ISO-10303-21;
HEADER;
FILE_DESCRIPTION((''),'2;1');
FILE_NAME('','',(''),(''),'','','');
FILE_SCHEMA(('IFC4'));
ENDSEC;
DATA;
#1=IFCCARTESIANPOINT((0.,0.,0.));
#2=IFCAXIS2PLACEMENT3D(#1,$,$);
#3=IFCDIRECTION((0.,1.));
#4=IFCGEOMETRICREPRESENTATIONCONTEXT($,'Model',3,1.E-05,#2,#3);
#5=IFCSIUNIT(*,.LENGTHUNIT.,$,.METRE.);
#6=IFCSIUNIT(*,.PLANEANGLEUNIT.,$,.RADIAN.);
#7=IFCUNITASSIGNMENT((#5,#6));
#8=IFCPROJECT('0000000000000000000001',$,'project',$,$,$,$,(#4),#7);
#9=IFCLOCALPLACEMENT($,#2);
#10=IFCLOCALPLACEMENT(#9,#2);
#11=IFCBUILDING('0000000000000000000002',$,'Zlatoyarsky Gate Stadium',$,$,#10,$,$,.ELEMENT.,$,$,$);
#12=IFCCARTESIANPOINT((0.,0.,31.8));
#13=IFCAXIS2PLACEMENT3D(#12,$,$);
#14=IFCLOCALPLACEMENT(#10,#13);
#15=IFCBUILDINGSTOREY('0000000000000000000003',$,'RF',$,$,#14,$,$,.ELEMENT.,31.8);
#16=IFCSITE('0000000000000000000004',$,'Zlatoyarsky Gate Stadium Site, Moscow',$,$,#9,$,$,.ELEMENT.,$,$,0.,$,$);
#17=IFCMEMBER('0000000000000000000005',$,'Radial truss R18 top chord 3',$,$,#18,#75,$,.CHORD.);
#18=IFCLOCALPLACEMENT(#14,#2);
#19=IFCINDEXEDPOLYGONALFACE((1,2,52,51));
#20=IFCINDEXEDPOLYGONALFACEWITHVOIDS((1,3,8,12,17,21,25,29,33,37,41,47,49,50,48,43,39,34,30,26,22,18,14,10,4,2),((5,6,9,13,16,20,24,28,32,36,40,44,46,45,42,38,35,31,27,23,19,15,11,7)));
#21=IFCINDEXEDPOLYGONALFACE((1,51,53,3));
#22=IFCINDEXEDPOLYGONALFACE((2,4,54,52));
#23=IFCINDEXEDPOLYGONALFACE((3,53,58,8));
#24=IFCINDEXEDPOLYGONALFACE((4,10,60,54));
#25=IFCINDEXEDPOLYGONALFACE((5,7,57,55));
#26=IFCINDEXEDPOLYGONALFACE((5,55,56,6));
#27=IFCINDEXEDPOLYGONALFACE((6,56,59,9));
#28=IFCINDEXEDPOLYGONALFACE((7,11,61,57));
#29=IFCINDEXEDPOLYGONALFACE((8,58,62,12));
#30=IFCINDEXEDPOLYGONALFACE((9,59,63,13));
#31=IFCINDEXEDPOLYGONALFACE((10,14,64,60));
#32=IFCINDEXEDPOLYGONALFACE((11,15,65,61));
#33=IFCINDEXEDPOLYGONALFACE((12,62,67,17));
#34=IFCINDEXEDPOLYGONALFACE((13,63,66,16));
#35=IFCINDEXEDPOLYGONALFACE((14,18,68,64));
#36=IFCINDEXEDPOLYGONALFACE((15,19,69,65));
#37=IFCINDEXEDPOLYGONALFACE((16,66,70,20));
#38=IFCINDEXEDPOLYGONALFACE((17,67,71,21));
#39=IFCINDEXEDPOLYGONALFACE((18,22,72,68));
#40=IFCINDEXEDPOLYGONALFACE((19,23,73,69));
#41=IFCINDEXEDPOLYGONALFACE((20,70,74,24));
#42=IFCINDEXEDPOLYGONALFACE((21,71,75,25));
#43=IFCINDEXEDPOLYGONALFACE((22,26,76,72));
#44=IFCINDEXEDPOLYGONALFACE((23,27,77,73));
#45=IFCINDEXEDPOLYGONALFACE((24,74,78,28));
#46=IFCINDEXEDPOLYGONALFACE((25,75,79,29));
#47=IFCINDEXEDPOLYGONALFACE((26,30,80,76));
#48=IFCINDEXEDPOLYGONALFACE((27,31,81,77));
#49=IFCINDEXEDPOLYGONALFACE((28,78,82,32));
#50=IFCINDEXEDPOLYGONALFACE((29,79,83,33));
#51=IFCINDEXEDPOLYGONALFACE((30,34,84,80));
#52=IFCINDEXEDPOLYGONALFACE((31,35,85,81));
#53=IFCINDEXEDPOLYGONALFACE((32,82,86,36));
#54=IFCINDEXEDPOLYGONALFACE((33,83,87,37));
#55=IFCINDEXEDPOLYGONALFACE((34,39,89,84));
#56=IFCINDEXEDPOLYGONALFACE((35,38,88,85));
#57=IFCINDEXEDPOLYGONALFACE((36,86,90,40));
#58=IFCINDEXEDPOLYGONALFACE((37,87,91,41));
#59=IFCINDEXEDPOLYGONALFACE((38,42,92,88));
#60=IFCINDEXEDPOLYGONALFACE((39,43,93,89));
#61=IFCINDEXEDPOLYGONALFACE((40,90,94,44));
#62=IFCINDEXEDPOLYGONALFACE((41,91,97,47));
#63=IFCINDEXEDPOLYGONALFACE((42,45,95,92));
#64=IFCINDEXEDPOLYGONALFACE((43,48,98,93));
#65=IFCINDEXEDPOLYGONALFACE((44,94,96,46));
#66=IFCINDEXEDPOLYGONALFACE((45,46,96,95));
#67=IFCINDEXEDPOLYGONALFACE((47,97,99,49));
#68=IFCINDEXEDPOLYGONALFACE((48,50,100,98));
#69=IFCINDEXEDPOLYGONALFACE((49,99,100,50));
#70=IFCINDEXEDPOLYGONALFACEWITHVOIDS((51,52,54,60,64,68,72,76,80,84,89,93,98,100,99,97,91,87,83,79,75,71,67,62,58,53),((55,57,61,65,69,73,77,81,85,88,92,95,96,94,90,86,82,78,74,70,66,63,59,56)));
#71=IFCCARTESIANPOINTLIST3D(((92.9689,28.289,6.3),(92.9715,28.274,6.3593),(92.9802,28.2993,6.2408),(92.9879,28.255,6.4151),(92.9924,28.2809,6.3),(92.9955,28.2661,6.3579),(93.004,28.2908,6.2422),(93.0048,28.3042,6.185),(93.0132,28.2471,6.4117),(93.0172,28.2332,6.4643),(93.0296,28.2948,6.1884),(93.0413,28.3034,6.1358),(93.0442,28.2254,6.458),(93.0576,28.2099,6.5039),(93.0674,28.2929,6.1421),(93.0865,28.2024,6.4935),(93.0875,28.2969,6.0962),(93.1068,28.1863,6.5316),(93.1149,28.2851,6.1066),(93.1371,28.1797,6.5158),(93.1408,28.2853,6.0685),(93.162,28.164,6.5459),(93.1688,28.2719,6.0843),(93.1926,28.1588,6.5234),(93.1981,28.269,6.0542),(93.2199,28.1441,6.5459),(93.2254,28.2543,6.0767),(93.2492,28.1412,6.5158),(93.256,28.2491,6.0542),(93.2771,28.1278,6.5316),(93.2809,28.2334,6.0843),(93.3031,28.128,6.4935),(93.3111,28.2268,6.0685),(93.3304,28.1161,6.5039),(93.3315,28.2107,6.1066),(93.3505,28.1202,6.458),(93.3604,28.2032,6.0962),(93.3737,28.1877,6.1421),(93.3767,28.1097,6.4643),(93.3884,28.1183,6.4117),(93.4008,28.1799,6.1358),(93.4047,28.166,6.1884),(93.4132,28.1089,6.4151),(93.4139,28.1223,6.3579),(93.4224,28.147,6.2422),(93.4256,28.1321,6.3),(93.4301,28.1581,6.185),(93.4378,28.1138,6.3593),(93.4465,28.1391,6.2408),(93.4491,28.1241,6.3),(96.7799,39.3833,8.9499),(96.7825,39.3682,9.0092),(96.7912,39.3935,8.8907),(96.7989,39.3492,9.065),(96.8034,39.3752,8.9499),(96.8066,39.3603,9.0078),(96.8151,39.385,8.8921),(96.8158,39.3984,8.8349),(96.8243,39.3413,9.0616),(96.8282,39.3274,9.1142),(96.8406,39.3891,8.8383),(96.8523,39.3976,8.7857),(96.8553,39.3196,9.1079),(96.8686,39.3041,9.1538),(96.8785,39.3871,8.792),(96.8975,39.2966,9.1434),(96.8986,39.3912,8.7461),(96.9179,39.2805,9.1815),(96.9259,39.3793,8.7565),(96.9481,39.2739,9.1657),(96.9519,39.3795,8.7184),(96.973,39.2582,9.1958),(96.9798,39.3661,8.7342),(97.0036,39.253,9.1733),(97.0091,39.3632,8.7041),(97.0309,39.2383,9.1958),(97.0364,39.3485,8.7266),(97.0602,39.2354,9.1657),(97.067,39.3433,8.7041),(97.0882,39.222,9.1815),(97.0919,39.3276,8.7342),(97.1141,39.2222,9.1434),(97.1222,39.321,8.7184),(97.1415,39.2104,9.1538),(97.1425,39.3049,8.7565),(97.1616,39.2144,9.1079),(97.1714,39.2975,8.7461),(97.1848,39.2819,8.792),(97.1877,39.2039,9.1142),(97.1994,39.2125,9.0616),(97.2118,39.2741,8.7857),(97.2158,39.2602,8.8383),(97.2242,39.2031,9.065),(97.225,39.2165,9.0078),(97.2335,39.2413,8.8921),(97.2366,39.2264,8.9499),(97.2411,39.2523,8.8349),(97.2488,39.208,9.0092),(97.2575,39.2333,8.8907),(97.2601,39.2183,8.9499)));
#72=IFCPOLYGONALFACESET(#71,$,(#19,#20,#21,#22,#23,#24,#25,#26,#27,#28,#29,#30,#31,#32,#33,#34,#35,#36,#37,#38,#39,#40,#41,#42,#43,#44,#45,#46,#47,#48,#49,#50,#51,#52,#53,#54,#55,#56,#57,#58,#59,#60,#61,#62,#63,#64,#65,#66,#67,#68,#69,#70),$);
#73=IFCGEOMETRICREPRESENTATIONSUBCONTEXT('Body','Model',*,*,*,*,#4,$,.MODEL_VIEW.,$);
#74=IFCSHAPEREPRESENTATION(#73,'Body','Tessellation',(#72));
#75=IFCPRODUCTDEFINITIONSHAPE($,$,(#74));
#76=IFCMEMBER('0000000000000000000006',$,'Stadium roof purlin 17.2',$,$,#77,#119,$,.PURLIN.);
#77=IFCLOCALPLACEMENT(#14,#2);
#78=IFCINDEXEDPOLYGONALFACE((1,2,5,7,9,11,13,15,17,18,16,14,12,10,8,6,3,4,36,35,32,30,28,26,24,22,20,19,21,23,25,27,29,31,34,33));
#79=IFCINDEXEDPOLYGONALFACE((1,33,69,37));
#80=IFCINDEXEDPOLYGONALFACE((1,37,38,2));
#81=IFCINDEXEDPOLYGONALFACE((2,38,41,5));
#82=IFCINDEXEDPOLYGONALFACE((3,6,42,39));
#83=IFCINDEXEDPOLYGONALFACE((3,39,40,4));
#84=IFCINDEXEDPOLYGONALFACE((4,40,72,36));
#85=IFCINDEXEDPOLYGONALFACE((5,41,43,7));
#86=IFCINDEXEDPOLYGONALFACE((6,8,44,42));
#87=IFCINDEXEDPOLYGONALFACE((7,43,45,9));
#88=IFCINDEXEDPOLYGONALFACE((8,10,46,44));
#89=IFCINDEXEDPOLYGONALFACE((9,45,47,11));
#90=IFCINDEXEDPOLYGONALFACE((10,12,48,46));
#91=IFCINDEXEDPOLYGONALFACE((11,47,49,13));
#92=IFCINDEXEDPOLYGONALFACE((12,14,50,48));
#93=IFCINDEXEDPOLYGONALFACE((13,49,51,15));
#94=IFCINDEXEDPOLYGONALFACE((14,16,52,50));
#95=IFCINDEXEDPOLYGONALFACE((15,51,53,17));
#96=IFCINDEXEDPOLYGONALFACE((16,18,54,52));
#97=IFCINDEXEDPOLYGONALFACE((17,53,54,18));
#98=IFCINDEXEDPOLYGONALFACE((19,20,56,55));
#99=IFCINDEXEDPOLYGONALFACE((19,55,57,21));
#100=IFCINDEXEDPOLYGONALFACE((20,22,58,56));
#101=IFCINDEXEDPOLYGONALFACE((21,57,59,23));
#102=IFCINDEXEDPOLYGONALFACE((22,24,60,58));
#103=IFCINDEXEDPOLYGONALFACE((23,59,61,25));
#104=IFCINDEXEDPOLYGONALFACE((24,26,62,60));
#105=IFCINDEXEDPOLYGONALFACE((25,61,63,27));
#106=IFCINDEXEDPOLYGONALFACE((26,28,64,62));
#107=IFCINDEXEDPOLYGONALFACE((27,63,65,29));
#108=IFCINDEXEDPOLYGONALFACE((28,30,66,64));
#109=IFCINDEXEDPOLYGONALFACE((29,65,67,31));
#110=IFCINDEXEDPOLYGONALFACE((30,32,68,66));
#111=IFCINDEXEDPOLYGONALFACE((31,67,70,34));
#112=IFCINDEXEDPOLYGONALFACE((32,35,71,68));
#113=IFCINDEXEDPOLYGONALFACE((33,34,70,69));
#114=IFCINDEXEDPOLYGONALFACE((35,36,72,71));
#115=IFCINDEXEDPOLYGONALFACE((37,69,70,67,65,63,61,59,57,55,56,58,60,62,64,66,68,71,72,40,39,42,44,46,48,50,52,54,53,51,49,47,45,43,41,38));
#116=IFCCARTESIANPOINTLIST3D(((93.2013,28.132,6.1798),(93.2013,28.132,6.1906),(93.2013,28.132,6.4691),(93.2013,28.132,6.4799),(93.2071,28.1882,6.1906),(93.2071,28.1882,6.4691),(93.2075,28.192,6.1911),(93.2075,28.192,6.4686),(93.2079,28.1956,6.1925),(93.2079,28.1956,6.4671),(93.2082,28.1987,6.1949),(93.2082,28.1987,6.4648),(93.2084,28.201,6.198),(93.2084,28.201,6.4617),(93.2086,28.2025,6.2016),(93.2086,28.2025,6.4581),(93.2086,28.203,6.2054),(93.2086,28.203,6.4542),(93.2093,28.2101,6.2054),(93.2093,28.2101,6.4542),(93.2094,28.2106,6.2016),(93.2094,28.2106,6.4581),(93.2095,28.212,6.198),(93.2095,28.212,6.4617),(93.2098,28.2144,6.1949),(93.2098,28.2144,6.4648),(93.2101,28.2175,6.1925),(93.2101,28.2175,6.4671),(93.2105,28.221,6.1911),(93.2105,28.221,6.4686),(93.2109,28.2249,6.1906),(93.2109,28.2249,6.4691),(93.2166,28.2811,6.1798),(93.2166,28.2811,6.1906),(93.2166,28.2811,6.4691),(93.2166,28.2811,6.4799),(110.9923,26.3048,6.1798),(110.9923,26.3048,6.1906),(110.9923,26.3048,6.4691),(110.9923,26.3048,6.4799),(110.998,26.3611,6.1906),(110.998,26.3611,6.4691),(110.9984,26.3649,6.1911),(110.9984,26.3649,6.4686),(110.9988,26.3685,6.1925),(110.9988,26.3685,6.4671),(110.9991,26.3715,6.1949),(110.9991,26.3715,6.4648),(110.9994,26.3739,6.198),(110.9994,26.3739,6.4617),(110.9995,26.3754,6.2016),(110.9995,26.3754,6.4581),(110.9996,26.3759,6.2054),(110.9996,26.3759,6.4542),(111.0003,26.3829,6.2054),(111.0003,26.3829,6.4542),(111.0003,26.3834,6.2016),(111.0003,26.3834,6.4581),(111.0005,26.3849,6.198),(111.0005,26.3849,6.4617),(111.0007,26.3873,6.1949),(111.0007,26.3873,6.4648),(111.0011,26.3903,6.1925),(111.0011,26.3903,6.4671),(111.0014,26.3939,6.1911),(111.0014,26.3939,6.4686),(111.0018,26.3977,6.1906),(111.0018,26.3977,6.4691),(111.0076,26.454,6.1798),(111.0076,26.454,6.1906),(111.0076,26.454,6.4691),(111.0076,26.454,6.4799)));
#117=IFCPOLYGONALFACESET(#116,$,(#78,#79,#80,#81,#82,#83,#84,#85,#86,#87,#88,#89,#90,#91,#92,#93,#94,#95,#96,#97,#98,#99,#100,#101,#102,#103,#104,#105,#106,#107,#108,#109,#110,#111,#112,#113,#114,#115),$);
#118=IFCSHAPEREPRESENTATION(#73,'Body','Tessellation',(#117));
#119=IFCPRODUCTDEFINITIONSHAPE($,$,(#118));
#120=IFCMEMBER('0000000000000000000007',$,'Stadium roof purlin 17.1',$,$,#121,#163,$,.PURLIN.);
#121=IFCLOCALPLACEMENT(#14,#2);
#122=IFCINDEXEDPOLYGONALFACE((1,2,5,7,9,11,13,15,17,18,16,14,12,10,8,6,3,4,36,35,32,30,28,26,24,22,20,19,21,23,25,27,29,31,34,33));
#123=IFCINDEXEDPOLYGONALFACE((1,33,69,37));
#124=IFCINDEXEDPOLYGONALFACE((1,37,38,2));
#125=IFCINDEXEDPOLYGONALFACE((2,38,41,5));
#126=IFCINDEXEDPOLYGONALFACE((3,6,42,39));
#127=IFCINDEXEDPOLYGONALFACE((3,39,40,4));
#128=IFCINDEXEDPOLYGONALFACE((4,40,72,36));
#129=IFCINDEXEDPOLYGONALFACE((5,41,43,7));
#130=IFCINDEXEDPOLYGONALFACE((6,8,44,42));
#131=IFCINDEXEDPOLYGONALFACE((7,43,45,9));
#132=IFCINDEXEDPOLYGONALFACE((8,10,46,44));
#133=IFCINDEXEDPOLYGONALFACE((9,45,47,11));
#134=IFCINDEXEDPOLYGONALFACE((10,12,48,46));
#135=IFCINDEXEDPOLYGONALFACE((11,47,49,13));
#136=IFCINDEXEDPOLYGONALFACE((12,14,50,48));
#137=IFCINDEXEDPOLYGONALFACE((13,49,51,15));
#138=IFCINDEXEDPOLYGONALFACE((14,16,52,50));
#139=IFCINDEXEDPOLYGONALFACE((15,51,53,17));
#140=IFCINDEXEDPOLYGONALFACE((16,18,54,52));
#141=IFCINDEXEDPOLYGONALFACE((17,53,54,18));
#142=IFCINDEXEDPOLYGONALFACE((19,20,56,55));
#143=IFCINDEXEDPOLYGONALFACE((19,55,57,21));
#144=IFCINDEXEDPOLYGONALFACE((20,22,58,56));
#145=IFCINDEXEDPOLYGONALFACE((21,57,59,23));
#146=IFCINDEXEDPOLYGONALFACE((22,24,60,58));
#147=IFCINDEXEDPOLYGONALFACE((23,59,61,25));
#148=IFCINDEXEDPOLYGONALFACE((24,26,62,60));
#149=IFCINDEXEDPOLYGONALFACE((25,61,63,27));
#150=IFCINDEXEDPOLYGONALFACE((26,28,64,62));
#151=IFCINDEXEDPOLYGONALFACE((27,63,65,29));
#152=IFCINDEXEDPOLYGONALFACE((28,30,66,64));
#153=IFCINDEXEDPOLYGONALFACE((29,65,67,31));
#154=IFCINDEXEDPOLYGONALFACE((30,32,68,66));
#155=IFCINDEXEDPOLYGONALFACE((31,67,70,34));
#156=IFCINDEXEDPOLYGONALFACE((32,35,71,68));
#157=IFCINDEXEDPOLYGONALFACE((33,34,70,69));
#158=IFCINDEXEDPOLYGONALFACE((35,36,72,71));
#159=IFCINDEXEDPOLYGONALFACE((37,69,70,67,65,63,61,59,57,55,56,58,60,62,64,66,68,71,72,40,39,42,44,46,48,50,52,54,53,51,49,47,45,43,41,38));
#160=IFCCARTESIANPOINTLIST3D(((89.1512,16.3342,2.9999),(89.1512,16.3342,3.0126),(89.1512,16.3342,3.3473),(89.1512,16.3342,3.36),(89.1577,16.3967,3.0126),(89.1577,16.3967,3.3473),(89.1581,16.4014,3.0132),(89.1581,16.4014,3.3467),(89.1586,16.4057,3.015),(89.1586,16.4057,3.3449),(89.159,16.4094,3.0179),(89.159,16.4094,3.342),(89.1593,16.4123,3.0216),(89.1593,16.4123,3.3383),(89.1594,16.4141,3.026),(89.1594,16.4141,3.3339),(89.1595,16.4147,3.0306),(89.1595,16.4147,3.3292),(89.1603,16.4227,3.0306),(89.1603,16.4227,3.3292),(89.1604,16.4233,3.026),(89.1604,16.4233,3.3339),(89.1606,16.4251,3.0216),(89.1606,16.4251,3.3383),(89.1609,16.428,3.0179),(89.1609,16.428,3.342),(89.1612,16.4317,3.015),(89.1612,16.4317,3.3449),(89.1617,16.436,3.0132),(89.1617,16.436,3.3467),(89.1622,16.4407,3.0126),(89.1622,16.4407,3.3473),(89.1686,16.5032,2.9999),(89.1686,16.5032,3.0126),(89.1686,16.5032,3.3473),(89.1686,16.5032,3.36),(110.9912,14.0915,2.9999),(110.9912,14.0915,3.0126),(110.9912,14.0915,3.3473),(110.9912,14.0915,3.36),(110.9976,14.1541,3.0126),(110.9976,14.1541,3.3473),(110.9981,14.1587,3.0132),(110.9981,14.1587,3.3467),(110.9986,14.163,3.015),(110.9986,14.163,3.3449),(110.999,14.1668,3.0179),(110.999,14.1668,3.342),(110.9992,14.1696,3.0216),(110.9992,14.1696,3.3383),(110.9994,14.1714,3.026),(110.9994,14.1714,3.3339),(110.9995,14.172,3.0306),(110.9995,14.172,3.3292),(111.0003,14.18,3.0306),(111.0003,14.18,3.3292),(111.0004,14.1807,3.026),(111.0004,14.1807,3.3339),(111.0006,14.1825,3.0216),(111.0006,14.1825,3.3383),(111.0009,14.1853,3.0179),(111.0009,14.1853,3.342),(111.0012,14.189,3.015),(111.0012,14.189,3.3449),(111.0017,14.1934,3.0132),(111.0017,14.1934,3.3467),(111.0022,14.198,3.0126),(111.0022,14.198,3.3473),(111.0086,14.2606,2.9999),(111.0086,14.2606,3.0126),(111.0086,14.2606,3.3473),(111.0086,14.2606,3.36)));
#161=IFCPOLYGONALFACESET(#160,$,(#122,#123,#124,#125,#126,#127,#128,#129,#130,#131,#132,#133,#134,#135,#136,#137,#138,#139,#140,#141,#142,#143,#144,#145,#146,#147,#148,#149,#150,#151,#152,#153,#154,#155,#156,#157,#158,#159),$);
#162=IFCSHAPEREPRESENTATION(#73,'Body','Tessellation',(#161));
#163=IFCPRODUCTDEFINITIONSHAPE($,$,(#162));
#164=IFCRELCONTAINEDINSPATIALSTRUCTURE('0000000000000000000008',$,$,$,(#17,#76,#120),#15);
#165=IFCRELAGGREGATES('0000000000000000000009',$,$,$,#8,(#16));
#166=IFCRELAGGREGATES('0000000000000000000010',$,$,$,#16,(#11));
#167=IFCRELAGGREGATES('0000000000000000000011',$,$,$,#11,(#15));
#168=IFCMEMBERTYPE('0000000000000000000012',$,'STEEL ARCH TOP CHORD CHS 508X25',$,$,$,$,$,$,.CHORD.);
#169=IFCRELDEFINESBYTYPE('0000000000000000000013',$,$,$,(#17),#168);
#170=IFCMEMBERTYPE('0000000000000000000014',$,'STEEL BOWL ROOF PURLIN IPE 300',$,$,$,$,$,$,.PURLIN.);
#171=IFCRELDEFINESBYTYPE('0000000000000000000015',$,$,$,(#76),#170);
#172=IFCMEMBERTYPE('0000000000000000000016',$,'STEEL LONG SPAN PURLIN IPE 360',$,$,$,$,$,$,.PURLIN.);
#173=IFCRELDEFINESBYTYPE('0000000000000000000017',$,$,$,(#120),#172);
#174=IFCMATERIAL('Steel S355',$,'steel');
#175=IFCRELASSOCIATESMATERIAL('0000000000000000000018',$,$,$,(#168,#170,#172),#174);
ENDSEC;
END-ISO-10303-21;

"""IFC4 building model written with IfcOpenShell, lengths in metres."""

from ifc_helpers import new_model, si_unit, direction, frame, origin, origin_2d, place, context, subcontext, project, spatial, hollow_circle, i_section, extrude, material, material_profile, profile_set, type_object, element, save


model = new_model("IFC4")

# Units and contexts
model_context = context("Model", 3, precision=1e-05, world=origin(), true_north=direction((0.0, 1.0)))
body_context = subcontext(model_context, "Body", "Model", "MODEL_VIEW")
ifc_project = project(units=[si_unit("LENGTHUNIT", "METRE"), si_unit("PLANEANGLEUNIT", "RADIAN")], contexts=[model_context])

# Site, building, storey
site_placement = place(None, origin())
site = spatial("IfcSite", under=ifc_project, at=site_placement, Name="Zlatoyarsky Gate Stadium Site, Moscow", CompositionType="ELEMENT", RefElevation=0.0)
building_placement = place(site_placement, origin())
building = spatial("IfcBuilding", under=site, at=building_placement, Name="Zlatoyarsky Gate Stadium", CompositionType="ELEMENT")
storey_placement = place(building_placement, frame((0.0, 0.0, 31.8)))
storey = spatial("IfcBuildingStorey", under=building, at=storey_placement, Name="RF", CompositionType="ELEMENT", Elevation=31.8)

# Members
ifc_material_1 = material(Name="Steel S355", Category="steel")
ifc_material_profile_1 = material_profile(ifc_material_1, hollow_circle(Radius=0.2539, WallThickness=0.0249, at=origin_2d()), Name="CHS 508X25")
ifc_profile_set_1 = profile_set([ifc_material_profile_1], Name="Steel S355")
member_type_1 = type_object("IfcMemberType", Name="STEEL ARCH TOP CHORD CHS 508X25", PredefinedType="CHORD", material=ifc_profile_set_1)
member_1_placement = place(storey_placement, frame((93.209, 28.2065, 6.3), z_axis=(0.316896, 0.92251, 0.220345), x_axis=(-0.945755, 0.324881, 0.0)))
element("IfcMember", 1, at=member_1_placement, inside=storey, type_object=member_type_1, Name="Radial truss R18 top chord 3", PredefinedType="CHORD", context=body_context, shape_type="SweptSolid", body=[
    extrude(hollow_circle(Radius=0.2539, WallThickness=0.0249, at=origin_2d()), origin(), (0.0, 0.0, 1.0), 12.0261),
])
ifc_material_profile_2 = material_profile(ifc_material_1, i_section(OverallWidth=0.1499, OverallDepth=0.3, WebThickness=0.0071, FlangeThickness=0.0107, FilletRadius=0.0149, at=origin_2d()), Name="IPE 300")
ifc_profile_set_2 = profile_set([ifc_material_profile_2], Name="Steel S355")
member_type_2 = type_object("IfcMemberType", Name="STEEL BOWL ROOF PURLIN IPE 300", PredefinedType="PURLIN", material=ifc_profile_set_2)
member_2_placement = place(storey_placement, frame((93.209, 28.2065, 6.3298), z_axis=(0.994768, -0.102163, 0.0), x_axis=(0.102163, 0.994768, 0.0)))
element("IfcMember", 2, at=member_2_placement, inside=storey, type_object=member_type_2, Name="Stadium roof purlin 17.2", PredefinedType="PURLIN", context=body_context, shape_type="SweptSolid", body=[
    extrude(i_section(OverallWidth=0.1499, OverallDepth=0.3, WebThickness=0.0071, FlangeThickness=0.0107, FilletRadius=0.0149, at=origin_2d()), origin(), (0.0, 0.0, 1.0), 17.8845),
])
ifc_material_profile_3 = material_profile(ifc_material_1, i_section(OverallWidth=0.1699, OverallDepth=0.3601, WebThickness=0.0081, FlangeThickness=0.0127, FilletRadius=0.0181, at=origin_2d()), Name="IPE 360")
ifc_profile_set_3 = profile_set([ifc_material_profile_3], Name="Steel S355")
member_type_3 = type_object("IfcMemberType", Name="STEEL LONG SPAN PURLIN IPE 360", PredefinedType="PURLIN", material=ifc_profile_set_3)
member_3_placement = place(storey_placement, frame((89.1599, 16.4187, 3.1799), z_axis=(0.994769, -0.102149, 0.0), x_axis=(0.102149, 0.994769, 0.0)))
element("IfcMember", 3, at=member_3_placement, inside=storey, type_object=member_type_3, Name="Stadium roof purlin 17.1", PredefinedType="PURLIN", context=body_context, shape_type="SweptSolid", body=[
    extrude(i_section(OverallWidth=0.1699, OverallDepth=0.3601, WebThickness=0.0081, FlangeThickness=0.0127, FilletRadius=0.0181, at=origin_2d()), origin(), (0.0, 0.0, 1.0), 21.9548),
])

save(model, "model.ifc")
